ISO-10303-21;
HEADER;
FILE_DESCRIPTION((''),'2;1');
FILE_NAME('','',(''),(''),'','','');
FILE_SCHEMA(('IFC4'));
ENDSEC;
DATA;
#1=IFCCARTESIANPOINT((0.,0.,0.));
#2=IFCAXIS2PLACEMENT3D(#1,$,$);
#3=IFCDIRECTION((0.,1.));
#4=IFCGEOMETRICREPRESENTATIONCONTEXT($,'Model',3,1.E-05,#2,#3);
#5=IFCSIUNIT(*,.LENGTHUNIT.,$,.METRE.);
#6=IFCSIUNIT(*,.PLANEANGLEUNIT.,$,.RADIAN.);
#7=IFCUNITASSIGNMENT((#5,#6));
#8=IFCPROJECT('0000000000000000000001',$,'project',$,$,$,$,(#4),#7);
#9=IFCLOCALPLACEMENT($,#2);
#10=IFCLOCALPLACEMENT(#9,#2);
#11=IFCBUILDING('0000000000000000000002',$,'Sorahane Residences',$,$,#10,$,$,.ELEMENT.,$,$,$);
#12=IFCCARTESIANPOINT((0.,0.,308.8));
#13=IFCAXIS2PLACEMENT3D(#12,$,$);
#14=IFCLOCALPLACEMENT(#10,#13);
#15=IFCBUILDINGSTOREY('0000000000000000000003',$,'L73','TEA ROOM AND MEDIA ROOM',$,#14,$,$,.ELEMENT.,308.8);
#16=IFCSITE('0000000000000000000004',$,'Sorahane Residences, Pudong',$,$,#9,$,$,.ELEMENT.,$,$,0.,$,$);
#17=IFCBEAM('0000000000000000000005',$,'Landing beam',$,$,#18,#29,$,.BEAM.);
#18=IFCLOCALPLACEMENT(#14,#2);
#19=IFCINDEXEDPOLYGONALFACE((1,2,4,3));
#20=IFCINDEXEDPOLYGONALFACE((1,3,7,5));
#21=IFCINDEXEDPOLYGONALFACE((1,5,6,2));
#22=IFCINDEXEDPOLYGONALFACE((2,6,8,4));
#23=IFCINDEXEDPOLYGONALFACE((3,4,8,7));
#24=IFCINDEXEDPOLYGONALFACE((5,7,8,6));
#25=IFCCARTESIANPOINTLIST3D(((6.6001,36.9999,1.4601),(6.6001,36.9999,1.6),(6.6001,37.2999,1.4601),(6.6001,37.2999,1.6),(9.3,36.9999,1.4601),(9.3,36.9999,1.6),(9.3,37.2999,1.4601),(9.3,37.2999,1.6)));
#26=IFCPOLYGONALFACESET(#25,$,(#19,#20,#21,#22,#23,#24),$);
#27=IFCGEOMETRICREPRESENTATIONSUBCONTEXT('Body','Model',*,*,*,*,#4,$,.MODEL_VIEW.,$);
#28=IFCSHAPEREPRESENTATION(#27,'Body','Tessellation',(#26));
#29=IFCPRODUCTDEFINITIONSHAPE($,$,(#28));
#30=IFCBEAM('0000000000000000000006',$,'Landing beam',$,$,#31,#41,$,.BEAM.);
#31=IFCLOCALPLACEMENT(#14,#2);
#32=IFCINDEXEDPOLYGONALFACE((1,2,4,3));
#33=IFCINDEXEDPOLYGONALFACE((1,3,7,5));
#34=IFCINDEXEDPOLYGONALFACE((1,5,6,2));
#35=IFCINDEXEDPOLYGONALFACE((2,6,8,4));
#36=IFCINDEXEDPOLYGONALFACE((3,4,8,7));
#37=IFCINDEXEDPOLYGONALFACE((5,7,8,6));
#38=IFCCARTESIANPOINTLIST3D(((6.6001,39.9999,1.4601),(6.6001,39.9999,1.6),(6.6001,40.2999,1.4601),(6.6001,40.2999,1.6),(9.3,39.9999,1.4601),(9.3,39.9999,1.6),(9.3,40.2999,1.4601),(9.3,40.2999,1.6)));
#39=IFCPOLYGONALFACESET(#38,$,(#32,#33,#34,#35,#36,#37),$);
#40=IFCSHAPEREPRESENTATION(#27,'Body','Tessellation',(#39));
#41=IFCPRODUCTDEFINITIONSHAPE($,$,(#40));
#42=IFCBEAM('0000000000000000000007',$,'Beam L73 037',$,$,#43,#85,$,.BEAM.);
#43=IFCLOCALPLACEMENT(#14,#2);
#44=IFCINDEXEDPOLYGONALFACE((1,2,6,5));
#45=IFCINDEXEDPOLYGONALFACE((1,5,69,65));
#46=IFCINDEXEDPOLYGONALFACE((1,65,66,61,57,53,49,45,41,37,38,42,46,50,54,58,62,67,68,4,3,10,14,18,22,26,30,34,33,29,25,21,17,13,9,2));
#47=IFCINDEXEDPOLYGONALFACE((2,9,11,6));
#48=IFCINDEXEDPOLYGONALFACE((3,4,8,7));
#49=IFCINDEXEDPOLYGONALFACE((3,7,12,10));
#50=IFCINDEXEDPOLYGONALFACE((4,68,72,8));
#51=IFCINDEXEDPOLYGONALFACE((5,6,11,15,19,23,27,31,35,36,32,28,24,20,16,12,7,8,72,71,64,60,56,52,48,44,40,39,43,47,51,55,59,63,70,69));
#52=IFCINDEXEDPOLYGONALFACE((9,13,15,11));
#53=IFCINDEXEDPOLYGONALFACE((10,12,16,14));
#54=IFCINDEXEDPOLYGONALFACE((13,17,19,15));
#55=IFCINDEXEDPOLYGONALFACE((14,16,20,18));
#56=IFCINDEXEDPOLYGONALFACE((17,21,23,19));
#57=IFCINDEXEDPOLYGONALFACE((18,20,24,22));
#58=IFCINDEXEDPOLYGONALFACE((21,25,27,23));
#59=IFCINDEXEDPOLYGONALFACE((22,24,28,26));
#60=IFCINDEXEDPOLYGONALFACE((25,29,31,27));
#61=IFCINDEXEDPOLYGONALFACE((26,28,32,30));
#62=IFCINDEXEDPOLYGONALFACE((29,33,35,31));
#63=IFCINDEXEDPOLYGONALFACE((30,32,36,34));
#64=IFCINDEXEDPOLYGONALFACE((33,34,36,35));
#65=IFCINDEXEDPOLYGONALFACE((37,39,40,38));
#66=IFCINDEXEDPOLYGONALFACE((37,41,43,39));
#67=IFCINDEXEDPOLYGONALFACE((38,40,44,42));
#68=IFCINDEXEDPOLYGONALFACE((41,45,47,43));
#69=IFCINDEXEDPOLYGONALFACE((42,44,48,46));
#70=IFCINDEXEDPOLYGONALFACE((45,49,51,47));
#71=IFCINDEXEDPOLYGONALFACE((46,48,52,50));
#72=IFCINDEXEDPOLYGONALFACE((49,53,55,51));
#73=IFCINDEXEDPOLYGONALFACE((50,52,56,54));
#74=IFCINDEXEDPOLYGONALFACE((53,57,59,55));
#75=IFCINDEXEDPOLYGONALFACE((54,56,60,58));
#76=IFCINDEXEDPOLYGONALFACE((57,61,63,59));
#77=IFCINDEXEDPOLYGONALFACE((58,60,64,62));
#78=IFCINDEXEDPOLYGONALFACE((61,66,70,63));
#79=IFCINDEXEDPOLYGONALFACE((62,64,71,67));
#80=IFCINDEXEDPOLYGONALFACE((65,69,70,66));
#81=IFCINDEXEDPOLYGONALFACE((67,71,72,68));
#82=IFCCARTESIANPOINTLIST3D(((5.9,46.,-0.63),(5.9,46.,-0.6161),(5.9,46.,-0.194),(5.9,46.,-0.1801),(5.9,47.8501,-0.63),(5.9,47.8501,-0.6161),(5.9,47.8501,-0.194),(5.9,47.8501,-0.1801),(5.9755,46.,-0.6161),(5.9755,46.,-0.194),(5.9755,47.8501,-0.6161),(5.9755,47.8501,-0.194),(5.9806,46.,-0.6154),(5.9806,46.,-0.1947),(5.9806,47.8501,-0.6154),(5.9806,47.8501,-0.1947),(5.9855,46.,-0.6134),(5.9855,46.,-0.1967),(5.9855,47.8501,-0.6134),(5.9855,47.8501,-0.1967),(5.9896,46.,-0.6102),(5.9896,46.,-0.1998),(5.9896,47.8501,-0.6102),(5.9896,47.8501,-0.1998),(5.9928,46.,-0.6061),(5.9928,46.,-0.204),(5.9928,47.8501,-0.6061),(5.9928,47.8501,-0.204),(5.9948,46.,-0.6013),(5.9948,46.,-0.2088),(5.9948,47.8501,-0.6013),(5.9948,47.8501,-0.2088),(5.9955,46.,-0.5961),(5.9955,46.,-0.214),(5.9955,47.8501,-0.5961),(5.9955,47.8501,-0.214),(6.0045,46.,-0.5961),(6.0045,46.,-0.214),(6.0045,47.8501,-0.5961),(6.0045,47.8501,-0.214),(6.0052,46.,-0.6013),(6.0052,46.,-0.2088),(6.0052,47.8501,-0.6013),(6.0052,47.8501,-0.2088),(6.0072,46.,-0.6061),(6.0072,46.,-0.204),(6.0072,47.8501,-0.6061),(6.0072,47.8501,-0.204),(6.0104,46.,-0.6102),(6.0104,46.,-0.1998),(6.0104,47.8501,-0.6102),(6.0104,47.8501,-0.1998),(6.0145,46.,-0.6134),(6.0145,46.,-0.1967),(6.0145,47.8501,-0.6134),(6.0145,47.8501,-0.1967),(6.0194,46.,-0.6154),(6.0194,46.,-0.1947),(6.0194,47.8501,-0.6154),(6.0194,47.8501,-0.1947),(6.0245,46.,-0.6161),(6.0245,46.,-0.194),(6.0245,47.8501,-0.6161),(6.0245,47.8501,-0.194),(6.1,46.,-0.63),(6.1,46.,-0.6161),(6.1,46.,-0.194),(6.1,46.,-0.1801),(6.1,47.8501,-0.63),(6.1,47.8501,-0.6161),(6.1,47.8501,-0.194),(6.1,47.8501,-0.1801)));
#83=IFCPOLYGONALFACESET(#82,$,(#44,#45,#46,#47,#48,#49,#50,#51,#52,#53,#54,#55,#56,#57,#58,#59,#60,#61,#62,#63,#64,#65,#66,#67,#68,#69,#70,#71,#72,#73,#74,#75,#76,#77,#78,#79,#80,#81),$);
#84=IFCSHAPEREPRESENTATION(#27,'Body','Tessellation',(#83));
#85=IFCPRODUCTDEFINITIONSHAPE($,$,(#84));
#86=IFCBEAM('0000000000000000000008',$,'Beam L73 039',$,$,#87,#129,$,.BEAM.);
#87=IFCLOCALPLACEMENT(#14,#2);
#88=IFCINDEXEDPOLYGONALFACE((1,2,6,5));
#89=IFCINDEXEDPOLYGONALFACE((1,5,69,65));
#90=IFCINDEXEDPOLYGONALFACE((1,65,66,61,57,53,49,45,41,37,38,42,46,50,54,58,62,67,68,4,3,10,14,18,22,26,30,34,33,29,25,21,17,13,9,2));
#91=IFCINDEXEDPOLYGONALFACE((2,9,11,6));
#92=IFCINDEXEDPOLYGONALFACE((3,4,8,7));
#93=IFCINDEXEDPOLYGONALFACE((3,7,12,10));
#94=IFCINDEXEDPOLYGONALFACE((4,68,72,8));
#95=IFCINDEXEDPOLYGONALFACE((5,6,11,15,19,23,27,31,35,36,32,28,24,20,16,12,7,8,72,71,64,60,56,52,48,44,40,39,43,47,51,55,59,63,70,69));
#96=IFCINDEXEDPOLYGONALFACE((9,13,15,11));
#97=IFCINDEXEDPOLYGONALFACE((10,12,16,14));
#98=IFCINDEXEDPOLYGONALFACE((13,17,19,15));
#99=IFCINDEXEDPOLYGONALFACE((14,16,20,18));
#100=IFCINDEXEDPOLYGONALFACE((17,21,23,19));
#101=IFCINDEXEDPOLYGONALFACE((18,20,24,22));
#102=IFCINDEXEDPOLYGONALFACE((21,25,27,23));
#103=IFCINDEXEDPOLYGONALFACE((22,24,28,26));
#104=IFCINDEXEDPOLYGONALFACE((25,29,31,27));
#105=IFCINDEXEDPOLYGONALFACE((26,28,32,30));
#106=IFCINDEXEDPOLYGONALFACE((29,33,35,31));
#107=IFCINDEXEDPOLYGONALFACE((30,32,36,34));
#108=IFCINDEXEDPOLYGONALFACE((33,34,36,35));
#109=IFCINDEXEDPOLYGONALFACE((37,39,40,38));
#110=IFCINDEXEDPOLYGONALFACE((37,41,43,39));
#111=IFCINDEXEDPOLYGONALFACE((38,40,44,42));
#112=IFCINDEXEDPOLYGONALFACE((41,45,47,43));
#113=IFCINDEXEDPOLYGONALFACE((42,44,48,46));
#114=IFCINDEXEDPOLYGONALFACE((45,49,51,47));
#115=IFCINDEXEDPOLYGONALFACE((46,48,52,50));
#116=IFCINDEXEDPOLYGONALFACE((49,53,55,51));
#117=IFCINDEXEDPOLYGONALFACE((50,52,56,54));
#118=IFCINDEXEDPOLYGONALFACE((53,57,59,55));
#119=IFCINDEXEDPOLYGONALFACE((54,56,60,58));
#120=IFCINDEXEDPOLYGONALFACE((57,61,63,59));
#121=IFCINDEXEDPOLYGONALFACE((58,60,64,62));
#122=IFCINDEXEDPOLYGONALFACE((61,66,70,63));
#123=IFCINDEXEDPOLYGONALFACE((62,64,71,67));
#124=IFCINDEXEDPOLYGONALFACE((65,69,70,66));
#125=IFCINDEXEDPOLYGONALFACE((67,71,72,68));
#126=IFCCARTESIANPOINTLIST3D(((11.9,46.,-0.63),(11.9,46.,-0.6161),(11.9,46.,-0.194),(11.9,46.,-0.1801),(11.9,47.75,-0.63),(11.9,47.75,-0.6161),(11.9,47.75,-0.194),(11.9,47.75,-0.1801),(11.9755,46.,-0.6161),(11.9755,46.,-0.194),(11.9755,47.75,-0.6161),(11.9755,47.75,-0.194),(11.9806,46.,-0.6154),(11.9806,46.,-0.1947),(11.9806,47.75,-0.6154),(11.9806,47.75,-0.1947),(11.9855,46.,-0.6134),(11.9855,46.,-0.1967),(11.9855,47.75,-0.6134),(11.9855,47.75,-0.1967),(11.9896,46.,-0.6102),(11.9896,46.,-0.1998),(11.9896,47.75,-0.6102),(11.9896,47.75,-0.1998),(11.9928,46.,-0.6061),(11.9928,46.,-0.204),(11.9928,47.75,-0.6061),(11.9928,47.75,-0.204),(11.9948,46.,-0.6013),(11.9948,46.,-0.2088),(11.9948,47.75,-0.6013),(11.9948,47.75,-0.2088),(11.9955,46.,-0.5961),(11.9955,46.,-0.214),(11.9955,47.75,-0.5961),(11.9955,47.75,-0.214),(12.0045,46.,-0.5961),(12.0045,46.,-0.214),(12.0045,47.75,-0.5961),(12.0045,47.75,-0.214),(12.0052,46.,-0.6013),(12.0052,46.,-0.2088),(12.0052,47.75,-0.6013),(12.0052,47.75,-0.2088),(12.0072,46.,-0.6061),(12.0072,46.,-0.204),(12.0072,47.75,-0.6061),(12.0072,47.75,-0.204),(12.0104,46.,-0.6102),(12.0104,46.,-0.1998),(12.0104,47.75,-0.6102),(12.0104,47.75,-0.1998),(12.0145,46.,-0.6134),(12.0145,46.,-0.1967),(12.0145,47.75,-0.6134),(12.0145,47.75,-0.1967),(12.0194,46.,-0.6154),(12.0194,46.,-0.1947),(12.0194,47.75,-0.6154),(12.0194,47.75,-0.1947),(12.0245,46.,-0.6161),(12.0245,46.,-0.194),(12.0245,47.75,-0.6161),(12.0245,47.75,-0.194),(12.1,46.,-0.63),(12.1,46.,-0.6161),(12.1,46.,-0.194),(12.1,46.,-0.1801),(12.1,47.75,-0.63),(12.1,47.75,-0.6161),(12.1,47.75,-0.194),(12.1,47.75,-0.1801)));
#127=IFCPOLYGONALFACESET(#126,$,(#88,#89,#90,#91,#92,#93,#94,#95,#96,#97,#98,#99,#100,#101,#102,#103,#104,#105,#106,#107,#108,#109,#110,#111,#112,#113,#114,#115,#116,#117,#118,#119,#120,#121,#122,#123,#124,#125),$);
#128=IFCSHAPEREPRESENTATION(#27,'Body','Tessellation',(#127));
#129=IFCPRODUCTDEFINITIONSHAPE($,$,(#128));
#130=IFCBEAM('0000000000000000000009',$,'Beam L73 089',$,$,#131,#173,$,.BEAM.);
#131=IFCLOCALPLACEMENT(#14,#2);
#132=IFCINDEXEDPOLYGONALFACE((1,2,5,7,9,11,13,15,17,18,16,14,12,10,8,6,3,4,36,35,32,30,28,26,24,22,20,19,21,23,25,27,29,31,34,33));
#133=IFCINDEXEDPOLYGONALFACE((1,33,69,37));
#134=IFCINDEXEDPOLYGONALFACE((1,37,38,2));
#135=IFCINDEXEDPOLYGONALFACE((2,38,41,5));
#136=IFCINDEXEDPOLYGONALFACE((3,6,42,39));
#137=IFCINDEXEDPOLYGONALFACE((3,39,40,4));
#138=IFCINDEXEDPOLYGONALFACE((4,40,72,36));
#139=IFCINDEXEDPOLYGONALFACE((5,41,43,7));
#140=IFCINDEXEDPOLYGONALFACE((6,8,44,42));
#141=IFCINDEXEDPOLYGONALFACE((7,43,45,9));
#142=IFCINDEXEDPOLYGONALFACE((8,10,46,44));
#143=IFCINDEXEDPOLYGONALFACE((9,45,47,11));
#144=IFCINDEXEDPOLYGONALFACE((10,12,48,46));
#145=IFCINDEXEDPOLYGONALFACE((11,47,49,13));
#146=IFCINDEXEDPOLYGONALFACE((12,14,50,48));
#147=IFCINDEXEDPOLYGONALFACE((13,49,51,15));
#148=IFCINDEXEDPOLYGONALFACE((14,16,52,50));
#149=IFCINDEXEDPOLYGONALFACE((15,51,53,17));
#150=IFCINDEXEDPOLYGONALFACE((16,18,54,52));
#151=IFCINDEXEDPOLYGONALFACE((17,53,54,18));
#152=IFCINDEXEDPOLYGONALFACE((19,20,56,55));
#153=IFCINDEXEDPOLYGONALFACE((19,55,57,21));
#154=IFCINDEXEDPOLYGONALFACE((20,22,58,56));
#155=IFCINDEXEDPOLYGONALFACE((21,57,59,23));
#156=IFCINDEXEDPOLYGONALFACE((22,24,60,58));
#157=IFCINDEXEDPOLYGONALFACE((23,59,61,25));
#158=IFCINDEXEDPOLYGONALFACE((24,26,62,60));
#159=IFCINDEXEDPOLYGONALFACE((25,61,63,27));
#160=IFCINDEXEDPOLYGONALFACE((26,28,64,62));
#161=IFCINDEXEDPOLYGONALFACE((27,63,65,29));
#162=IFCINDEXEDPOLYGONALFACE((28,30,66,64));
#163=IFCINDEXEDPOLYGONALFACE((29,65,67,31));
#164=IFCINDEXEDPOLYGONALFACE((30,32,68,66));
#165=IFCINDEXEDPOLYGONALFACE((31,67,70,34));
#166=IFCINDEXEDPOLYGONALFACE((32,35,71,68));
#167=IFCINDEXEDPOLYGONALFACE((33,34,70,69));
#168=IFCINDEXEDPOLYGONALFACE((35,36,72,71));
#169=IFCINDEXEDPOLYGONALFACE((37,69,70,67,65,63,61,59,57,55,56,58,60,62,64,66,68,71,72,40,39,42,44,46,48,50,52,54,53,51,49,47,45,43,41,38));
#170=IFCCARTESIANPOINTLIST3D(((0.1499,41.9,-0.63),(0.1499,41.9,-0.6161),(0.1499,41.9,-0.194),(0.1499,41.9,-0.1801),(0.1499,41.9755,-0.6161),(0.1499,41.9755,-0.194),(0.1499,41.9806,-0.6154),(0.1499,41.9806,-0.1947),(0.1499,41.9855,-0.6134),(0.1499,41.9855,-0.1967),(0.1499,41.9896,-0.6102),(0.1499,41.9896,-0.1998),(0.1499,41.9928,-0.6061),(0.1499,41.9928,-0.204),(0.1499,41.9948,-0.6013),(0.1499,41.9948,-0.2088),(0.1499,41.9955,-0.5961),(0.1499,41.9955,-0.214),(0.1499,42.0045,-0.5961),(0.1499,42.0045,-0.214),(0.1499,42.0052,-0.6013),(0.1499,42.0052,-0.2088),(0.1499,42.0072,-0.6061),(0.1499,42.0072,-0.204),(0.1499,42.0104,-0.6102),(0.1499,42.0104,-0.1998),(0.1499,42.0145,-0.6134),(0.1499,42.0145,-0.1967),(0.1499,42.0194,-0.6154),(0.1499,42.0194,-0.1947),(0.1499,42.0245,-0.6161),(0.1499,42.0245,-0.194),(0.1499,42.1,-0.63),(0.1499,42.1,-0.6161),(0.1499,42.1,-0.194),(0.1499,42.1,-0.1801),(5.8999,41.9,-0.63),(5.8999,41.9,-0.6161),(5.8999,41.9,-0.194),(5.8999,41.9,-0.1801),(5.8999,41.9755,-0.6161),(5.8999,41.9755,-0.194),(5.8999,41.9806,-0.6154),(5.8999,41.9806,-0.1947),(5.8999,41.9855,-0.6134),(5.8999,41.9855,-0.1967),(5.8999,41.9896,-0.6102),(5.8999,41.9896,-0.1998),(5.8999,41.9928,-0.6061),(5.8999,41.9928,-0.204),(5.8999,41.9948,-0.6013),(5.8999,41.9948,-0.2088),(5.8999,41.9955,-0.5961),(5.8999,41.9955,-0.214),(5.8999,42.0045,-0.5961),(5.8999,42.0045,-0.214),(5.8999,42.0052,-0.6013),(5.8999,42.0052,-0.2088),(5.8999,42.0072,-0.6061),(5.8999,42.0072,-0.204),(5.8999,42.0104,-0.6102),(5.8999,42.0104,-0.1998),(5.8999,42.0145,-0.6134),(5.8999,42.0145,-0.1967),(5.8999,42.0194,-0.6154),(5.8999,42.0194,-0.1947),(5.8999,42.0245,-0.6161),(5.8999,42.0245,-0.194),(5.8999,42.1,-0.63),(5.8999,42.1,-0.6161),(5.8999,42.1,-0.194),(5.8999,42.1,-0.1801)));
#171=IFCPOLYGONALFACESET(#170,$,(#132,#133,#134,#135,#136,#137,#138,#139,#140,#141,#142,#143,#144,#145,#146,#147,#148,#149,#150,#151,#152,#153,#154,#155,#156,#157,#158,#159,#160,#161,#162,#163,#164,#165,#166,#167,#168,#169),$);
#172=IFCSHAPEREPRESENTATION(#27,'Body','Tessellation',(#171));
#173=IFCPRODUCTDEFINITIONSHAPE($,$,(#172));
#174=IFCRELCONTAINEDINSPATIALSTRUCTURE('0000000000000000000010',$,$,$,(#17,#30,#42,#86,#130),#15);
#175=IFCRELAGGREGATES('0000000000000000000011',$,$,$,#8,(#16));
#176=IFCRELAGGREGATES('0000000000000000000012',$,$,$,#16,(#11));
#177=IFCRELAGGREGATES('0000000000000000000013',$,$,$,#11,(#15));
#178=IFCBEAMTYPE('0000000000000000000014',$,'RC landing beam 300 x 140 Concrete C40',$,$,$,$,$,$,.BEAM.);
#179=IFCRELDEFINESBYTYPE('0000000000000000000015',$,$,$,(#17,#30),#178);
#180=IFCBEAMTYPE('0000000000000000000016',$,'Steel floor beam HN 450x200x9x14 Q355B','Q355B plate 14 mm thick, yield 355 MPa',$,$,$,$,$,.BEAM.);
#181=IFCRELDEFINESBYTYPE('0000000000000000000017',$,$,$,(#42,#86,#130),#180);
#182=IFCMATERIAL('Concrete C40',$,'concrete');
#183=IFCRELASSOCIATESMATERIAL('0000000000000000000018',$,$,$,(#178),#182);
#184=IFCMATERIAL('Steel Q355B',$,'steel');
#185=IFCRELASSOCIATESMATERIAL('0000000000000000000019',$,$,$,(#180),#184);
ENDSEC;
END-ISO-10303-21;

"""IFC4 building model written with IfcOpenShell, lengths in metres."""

from ifc_helpers import new_model, si_unit, direction, frame, origin, origin_2d, place, context, subcontext, project, spatial, rectangle, i_section, extrude, material, material_profile, profile_set, type_object, element, save


model = new_model("IFC4")

# Units and contexts
model_context = context("Model", 3, precision=1e-05, world=origin(), true_north=direction((0.0, 1.0)))
body_context = subcontext(model_context, "Body", "Model", "MODEL_VIEW")
ifc_project = project(units=[si_unit("LENGTHUNIT", "METRE"), si_unit("PLANEANGLEUNIT", "RADIAN")], contexts=[model_context])

# Site, building, storey
site_placement = place(None, origin())
site = spatial("IfcSite", under=ifc_project, at=site_placement, Name="Sorahane Residences, Pudong", CompositionType="ELEMENT", RefElevation=0.0)
building_placement = place(site_placement, origin())
building = spatial("IfcBuilding", under=site, at=building_placement, Name="Sorahane Residences", CompositionType="ELEMENT")
storey_placement = place(building_placement, frame((0.0, 0.0, 308.8)))
storey = spatial("IfcBuildingStorey", under=building, at=storey_placement, Name="L73", Description="TEA ROOM AND MEDIA ROOM", CompositionType="ELEMENT", Elevation=308.8)

# Beams
ifc_material_1 = material(Name="Concrete C40", Category="concrete")
ifc_material_profile_1 = material_profile(ifc_material_1, rectangle(XDim=0.3, YDim=0.1399, at=origin_2d()), Name="300x140")
ifc_profile_set_1 = profile_set([ifc_material_profile_1], Name="Concrete C40")
beam_type_1 = type_object("IfcBeamType", Name="RC landing beam 300 x 140 Concrete C40", PredefinedType="BEAM", material=ifc_profile_set_1)
for number, where, z_axis, x_axis, name in (
    (1, (6.6001, 37.1499, 1.53), (1.0, 0.0, 0.0), (0.0, 1.0, 0.0), "Landing beam"),
    (2, (6.6001, 40.1499, 1.53), (1.0, 0.0, 0.0), (0.0, 1.0, 0.0), "Landing beam"),
):
    element("IfcBeam", number, at=place(storey_placement, frame(where, z_axis=z_axis, x_axis=x_axis)), inside=storey, type_object=beam_type_1, Name=name, PredefinedType="BEAM", context=body_context, shape_type="SweptSolid", body=[
        extrude(rectangle(XDim=0.3, YDim=0.1399, at=origin_2d()), origin(), (0.0, 0.0, 1.0), 2.7),
    ])
ifc_material_2 = material(Name="Steel Q355B", Category="steel")
ifc_material_profile_2 = material_profile(ifc_material_2, i_section(OverallWidth=0.2, OverallDepth=0.45, WebThickness=0.009, FlangeThickness=0.0139, FilletRadius=0.02, at=origin_2d()), Name="HN 450x200x9x14")
ifc_profile_set_2 = profile_set([ifc_material_profile_2], Name="Steel Q355B")
beam_type_2 = type_object("IfcBeamType", Name="Steel floor beam HN 450x200x9x14 Q355B", Description="Q355B plate 14 mm thick, yield 355 MPa", PredefinedType="BEAM", material=ifc_profile_set_2)
beam_1_placement = place(storey_placement, frame((6.0, 46.0, -0.405), z_axis=(0.0, 1.0, 0.0), x_axis=(-1.0, 0.0, 0.0)))
element("IfcBeam", 3, at=beam_1_placement, inside=storey, type_object=beam_type_2, Name="Beam L73 037", PredefinedType="BEAM", context=body_context, shape_type="SweptSolid", body=[
    extrude(i_section(OverallWidth=0.2, OverallDepth=0.45, WebThickness=0.009, FlangeThickness=0.0139, FilletRadius=0.02, at=origin_2d()), origin(), (0.0, 0.0, 1.0), 1.8501),
])
beam_2_placement = place(storey_placement, frame((12.0, 46.0, -0.405), z_axis=(0.0, 1.0, 0.0), x_axis=(-1.0, 0.0, 0.0)))
element("IfcBeam", 4, at=beam_2_placement, inside=storey, type_object=beam_type_2, Name="Beam L73 039", PredefinedType="BEAM", context=body_context, shape_type="SweptSolid", body=[
    extrude(i_section(OverallWidth=0.2, OverallDepth=0.45, WebThickness=0.009, FlangeThickness=0.0139, FilletRadius=0.02, at=origin_2d()), origin(), (0.0, 0.0, 1.0), 1.75),
])
beam_3_placement = place(storey_placement, frame((0.1499, 42.0, -0.405), z_axis=(1.0, 0.0, 0.0), x_axis=(0.0, 1.0, 0.0)))
element("IfcBeam", 5, at=beam_3_placement, inside=storey, type_object=beam_type_2, Name="Beam L73 089", PredefinedType="BEAM", context=body_context, shape_type="SweptSolid", body=[
    extrude(i_section(OverallWidth=0.2, OverallDepth=0.45, WebThickness=0.009, FlangeThickness=0.0139, FilletRadius=0.02, at=origin_2d()), origin(), (0.0, 0.0, 1.0), 5.75),
])

save(model, "model.ifc")
